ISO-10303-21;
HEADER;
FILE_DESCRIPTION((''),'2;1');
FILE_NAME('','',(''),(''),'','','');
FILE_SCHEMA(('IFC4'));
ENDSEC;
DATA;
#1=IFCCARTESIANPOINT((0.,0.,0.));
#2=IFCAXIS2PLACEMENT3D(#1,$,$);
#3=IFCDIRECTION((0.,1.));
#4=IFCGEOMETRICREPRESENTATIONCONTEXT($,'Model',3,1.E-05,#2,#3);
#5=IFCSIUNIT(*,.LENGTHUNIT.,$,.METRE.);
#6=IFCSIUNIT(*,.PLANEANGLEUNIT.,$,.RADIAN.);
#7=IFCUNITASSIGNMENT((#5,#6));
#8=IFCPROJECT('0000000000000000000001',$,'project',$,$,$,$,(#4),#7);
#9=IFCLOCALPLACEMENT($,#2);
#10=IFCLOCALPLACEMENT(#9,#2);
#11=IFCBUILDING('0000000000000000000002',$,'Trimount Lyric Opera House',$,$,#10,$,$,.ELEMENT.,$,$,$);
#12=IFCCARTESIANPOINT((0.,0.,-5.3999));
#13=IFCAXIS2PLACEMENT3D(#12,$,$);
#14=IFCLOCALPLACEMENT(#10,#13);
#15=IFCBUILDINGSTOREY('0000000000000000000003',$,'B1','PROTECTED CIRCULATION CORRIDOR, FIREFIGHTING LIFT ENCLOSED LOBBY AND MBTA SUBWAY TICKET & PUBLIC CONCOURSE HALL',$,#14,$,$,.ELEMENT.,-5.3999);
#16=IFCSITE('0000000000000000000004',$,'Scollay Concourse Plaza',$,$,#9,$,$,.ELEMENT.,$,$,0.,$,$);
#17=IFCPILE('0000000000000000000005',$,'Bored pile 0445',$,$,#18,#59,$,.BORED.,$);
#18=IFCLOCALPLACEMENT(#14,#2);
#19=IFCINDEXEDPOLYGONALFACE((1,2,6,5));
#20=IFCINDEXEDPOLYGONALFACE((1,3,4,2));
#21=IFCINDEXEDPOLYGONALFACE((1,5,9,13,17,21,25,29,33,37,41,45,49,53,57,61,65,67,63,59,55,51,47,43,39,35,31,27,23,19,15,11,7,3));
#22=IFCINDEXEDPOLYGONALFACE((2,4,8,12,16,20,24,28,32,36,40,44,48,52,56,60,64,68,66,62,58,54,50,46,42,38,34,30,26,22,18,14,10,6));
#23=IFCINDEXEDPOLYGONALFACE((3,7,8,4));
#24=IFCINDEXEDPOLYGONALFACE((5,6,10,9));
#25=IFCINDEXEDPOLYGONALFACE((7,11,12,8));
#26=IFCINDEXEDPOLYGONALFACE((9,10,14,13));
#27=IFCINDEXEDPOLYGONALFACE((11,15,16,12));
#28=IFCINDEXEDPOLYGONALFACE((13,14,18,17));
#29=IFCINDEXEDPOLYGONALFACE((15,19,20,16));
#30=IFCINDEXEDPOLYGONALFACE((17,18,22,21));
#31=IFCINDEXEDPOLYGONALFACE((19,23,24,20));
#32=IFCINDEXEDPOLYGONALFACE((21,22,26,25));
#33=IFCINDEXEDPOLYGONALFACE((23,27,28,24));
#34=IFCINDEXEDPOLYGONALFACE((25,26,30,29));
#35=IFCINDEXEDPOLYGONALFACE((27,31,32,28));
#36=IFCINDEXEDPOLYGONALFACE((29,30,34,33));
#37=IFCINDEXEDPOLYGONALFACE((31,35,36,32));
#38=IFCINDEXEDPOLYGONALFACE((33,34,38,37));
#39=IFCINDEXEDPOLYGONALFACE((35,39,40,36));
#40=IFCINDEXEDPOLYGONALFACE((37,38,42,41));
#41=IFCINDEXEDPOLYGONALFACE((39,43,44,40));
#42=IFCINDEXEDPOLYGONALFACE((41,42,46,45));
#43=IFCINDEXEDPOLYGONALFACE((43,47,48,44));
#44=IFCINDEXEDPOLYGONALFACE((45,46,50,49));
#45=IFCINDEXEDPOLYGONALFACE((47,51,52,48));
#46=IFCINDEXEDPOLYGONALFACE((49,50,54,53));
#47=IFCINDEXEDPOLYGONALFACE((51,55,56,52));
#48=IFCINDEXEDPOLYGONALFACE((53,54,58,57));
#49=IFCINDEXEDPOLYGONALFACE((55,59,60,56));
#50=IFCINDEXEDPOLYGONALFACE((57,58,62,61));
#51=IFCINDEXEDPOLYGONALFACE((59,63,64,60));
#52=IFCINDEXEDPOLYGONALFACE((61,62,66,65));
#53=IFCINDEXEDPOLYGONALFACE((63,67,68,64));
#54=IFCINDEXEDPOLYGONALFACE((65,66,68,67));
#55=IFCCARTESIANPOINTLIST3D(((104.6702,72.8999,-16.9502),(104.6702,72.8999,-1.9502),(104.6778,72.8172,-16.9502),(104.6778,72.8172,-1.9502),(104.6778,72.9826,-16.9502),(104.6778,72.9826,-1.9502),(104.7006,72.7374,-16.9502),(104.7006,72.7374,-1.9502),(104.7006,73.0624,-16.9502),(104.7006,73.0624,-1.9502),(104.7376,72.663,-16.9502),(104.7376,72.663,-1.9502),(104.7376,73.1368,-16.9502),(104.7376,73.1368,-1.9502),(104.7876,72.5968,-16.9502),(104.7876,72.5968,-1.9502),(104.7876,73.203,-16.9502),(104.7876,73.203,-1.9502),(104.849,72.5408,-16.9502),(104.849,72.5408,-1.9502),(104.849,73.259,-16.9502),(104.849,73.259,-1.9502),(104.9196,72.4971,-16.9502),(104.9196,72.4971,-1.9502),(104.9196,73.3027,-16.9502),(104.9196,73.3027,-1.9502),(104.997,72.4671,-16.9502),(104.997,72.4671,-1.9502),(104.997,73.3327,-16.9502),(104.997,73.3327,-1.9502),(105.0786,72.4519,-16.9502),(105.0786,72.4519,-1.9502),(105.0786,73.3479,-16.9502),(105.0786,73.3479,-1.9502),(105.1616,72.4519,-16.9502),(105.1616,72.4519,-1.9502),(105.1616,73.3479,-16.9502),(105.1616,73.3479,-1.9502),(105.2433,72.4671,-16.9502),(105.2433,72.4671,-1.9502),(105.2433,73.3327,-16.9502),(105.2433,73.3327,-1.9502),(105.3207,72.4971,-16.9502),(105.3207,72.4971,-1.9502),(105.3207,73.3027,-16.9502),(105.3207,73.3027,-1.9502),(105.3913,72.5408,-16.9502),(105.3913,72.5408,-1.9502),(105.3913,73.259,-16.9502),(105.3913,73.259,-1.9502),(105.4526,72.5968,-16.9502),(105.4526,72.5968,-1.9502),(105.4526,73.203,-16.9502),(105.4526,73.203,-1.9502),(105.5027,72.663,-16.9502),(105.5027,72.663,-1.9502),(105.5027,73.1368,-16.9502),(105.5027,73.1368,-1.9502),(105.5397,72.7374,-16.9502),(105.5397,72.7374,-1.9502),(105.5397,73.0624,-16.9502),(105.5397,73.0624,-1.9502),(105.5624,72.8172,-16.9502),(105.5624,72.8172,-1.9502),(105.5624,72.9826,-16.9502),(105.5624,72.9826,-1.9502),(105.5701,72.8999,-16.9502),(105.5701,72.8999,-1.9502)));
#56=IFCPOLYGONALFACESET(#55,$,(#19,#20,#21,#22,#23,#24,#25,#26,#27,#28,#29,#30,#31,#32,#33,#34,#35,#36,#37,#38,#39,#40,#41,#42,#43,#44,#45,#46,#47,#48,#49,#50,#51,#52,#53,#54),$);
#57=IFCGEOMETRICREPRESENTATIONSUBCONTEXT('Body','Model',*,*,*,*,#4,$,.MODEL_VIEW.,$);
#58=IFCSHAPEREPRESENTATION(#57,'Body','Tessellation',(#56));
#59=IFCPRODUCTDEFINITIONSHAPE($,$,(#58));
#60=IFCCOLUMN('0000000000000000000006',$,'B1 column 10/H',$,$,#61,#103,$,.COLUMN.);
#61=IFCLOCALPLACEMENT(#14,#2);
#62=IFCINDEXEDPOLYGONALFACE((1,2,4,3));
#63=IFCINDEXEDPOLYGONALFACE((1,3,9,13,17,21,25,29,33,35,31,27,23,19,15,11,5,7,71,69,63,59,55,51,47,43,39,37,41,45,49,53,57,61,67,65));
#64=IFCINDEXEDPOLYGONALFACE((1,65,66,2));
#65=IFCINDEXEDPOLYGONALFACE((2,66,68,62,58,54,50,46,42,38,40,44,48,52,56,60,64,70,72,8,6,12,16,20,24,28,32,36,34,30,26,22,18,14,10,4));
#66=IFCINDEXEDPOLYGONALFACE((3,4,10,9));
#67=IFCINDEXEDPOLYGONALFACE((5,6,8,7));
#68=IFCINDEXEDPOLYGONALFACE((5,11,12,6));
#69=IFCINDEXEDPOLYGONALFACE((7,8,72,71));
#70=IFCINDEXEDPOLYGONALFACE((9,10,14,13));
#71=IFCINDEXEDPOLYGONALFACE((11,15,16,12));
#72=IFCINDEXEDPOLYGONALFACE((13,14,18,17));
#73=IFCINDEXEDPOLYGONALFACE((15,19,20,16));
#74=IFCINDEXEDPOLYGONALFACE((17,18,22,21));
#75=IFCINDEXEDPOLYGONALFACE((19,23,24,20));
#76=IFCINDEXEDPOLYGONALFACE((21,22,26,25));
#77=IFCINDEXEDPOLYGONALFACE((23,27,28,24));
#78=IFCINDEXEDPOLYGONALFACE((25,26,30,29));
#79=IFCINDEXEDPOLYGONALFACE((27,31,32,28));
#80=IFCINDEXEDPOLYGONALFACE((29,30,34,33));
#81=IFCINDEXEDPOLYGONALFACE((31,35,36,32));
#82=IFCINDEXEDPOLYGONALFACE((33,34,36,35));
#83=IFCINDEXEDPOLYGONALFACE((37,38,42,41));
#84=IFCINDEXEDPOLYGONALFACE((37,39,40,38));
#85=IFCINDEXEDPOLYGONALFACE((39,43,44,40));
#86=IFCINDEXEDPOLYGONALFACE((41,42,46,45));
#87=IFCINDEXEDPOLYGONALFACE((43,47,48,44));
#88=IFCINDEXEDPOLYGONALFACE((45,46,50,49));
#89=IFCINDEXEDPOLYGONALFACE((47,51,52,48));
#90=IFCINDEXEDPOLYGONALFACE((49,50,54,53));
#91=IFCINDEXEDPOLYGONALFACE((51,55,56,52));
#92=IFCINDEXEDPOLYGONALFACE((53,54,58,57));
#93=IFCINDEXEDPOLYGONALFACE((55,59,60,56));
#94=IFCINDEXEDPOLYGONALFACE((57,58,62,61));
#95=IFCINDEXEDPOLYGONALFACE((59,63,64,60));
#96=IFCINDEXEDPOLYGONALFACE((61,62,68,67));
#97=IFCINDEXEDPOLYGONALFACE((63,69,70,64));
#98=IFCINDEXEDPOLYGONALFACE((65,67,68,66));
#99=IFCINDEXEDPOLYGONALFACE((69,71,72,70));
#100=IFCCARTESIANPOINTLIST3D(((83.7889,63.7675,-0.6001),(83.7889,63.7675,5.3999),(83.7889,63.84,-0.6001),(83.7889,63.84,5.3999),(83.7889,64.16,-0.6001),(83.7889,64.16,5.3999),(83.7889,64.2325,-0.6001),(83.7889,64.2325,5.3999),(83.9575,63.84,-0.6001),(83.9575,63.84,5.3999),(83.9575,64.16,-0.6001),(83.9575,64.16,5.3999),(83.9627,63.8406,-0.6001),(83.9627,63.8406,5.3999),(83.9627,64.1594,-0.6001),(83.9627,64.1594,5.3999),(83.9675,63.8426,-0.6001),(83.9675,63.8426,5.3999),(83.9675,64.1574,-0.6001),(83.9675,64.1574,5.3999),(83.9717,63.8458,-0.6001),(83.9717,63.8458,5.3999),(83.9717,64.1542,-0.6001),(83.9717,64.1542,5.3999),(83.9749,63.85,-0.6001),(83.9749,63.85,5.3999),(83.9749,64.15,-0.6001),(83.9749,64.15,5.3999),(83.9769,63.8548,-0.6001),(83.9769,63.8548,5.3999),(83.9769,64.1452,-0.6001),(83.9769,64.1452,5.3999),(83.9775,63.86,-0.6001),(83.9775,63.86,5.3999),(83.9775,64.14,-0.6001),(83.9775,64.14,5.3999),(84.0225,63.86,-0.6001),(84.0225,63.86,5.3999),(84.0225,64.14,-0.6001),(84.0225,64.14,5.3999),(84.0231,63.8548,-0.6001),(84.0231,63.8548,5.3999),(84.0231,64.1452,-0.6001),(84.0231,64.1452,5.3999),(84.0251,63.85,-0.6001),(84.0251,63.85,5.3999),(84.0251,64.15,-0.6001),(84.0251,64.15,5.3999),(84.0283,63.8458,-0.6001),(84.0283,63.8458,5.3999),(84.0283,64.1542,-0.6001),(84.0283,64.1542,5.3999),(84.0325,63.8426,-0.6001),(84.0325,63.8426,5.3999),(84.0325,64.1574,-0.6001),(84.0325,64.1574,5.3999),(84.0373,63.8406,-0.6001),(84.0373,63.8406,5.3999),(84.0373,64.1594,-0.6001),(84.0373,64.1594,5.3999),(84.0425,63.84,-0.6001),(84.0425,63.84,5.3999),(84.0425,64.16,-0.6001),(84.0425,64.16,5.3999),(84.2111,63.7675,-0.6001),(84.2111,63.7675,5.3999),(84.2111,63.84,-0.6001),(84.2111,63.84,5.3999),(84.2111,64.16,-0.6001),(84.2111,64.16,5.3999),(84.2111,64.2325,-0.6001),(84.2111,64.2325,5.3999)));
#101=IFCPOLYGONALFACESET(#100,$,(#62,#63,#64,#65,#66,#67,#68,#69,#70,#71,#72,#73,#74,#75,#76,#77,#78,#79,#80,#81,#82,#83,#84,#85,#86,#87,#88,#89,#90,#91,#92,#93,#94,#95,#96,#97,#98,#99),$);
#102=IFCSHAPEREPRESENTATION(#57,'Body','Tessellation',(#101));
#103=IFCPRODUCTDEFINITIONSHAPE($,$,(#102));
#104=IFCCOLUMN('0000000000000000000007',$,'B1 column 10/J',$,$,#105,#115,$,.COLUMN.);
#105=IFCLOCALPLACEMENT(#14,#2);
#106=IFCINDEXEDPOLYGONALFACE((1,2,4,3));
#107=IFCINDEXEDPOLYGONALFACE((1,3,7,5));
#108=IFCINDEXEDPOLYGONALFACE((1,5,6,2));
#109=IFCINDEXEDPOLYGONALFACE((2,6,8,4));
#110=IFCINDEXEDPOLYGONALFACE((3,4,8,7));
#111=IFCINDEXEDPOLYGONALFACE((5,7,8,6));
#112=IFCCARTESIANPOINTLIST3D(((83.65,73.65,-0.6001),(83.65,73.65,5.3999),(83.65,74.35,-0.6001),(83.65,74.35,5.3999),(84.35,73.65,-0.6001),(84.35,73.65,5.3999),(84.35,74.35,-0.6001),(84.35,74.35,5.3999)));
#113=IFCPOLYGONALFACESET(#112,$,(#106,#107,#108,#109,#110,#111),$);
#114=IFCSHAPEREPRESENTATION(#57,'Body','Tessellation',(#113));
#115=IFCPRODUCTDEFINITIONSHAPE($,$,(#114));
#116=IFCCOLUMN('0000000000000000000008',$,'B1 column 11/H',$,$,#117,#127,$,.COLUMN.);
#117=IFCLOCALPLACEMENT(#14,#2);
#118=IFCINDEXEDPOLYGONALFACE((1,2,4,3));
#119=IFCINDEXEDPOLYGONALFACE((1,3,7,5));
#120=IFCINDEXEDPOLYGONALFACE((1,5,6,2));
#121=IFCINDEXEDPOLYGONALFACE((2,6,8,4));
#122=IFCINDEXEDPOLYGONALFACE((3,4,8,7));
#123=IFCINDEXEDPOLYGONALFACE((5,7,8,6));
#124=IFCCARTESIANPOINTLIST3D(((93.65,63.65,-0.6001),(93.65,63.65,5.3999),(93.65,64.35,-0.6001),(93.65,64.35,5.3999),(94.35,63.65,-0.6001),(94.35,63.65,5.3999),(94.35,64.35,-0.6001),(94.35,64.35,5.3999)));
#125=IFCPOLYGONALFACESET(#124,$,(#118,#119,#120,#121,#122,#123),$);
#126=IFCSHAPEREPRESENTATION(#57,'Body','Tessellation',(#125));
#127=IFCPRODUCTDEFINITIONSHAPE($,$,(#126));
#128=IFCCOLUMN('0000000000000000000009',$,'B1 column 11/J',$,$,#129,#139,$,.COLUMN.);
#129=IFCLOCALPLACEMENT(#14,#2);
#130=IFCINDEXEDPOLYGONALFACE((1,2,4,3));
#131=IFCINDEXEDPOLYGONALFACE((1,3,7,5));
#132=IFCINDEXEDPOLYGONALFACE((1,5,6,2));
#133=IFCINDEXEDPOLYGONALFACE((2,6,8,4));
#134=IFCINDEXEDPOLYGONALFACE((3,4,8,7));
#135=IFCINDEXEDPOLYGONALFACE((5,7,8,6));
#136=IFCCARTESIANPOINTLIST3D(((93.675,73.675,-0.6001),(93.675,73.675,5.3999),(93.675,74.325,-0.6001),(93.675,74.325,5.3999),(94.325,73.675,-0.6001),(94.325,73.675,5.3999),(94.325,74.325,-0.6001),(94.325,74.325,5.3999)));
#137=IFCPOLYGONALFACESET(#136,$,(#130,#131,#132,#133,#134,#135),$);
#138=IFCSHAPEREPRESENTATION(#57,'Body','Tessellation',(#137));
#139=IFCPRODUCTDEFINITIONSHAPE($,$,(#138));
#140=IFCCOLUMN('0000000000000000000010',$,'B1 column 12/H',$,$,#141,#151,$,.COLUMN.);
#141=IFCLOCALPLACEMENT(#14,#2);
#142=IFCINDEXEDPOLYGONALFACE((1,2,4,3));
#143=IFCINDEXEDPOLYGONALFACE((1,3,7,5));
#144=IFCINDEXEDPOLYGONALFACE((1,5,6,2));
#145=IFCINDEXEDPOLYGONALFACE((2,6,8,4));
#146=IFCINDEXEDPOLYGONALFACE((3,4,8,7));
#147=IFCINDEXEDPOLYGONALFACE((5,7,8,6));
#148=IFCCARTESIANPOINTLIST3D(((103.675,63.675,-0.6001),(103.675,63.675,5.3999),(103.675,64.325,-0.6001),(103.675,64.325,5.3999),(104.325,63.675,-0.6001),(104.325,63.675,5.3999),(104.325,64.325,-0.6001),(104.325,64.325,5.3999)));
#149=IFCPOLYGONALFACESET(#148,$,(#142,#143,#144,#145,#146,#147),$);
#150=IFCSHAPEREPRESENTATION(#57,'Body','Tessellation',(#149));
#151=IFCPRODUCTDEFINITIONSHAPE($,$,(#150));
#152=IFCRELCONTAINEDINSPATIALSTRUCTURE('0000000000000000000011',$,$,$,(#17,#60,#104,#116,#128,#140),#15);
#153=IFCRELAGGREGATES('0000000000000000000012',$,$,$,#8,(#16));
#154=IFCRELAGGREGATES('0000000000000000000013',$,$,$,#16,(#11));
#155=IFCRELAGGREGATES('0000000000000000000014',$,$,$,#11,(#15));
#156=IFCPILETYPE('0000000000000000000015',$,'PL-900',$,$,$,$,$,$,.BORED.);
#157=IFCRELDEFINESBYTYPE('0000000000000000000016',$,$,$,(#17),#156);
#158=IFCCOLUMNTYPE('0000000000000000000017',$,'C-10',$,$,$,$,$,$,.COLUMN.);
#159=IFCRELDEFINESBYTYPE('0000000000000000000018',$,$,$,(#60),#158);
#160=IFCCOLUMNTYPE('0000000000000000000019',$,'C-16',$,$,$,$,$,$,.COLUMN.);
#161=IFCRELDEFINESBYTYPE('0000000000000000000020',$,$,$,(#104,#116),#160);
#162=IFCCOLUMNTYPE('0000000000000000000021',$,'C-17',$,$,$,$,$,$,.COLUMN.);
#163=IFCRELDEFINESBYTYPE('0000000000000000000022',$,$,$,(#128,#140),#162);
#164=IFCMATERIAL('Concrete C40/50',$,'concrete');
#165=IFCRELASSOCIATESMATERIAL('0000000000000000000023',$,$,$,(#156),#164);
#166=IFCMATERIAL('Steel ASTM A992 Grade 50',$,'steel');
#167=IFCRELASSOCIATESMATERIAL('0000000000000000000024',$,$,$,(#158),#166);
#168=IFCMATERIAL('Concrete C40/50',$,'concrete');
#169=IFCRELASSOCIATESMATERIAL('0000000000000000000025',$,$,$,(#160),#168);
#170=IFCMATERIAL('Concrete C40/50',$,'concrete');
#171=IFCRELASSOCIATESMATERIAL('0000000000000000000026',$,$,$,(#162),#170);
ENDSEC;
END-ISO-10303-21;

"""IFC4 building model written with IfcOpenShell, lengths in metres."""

from ifc_helpers import new_model, si_unit, direction, frame, origin, origin_2d, place, context, subcontext, project, spatial, rectangle, circle, i_section, extrude, material, material_profile, profile_set, type_object, element, save


model = new_model("IFC4")

# Units and contexts
model_context = context("Model", 3, precision=1e-05, world=origin(), true_north=direction((0.0, 1.0)))
body_context = subcontext(model_context, "Body", "Model", "MODEL_VIEW")
ifc_project = project(units=[si_unit("LENGTHUNIT", "METRE"), si_unit("PLANEANGLEUNIT", "RADIAN")], contexts=[model_context])

# Site, building, storey
site_placement = place(None, origin())
site = spatial("IfcSite", under=ifc_project, at=site_placement, Name="Scollay Concourse Plaza", CompositionType="ELEMENT", RefElevation=0.0)
building_placement = place(site_placement, origin())
building = spatial("IfcBuilding", under=site, at=building_placement, Name="Trimount Lyric Opera House", CompositionType="ELEMENT")
storey_placement = place(building_placement, frame((0.0, 0.0, -5.3999)))
storey = spatial("IfcBuildingStorey", under=building, at=storey_placement, Name="B1", Description="PROTECTED CIRCULATION CORRIDOR, FIREFIGHTING LIFT ENCLOSED LOBBY AND MBTA SUBWAY TICKET & PUBLIC CONCOURSE HALL", CompositionType="ELEMENT", Elevation=-5.3999)

# Pile
ifc_material_1 = material(Name="Concrete C40/50", Category="concrete")
ifc_material_profile_1 = material_profile(ifc_material_1, circle(Radius=0.45, at=origin_2d()), Name="PILE-D900")
ifc_profile_set_1 = profile_set([ifc_material_profile_1], Name="Concrete C40/50")
pile_type_1 = type_object("IfcPileType", Name="PL-900", PredefinedType="BORED", material=ifc_profile_set_1)
for number, where, z_axis, x_axis, name in (
    (1, (105.1201, 72.8999, -1.9502), (0.0, 0.0, -1.0), (1.0, 0.0, 0.0), "Bored pile 0445"),
):
    element("IfcPile", number, at=place(storey_placement, frame(where, z_axis=z_axis, x_axis=x_axis)), inside=storey, type_object=pile_type_1, Name=name, PredefinedType="BORED", context=body_context, shape_type="SweptSolid", body=[
        extrude(circle(Radius=0.45, at=origin_2d()), origin(), (0.0, 0.0, 1.0), 15.0),
    ])

# Columns
ifc_material_2 = material(Name="Steel ASTM A992 Grade 50", Category="steel")
ifc_material_profile_2 = material_profile(ifc_material_2, i_section(OverallWidth=0.4221, OverallDepth=0.4651, WebThickness=0.0449, FlangeThickness=0.0725, FilletRadius=0.02, at=origin_2d()), Name="W14X398")
ifc_profile_set_2 = profile_set([ifc_material_profile_2], Name="Steel ASTM A992 Grade 50")
column_type_1 = type_object("IfcColumnType", Name="C-10", PredefinedType="COLUMN", material=ifc_profile_set_2)
column_1_placement = place(storey_placement, frame((84.0, 64.0, -0.6001), z_axis=(0.0, 0.0, 1.0), x_axis=(1.0, 0.0, 0.0)))
element("IfcColumn", 2, at=column_1_placement, inside=storey, type_object=column_type_1, Name="B1 column 10/H", PredefinedType="COLUMN", context=body_context, shape_type="SweptSolid", body=[
    extrude(i_section(OverallWidth=0.4221, OverallDepth=0.4651, WebThickness=0.0449, FlangeThickness=0.0725, FilletRadius=0.02, at=origin_2d()), origin(), (0.0, 0.0, 1.0), 6.0),
])
ifc_material_3 = material(Name="Concrete C40/50", Category="concrete")
ifc_material_profile_3 = material_profile(ifc_material_3, rectangle(XDim=0.7, YDim=0.7, at=origin_2d()), Name="RC700X700")
ifc_profile_set_3 = profile_set([ifc_material_profile_3], Name="Concrete C40/50")
column_type_2 = type_object("IfcColumnType", Name="C-16", PredefinedType="COLUMN", material=ifc_profile_set_3)
for number, where, z_axis, x_axis, name in (
    (3, (84.0, 74.0, -0.6001), (0.0, 0.0, 1.0), (1.0, 0.0, 0.0), "B1 column 10/J"),
    (4, (94.0, 64.0, -0.6001), (0.0, 0.0, 1.0), (1.0, 0.0, 0.0), "B1 column 11/H"),
):
    element("IfcColumn", number, at=place(storey_placement, frame(where, z_axis=z_axis, x_axis=x_axis)), inside=storey, type_object=column_type_2, Name=name, PredefinedType="COLUMN", context=body_context, shape_type="SweptSolid", body=[
        extrude(rectangle(XDim=0.7, YDim=0.7, at=origin_2d()), origin(), (0.0, 0.0, 1.0), 6.0),
    ])
ifc_material_4 = material(Name="Concrete C40/50", Category="concrete")
ifc_material_profile_4 = material_profile(ifc_material_4, rectangle(XDim=0.6499, YDim=0.6499, at=origin_2d()), Name="RC650X650")
ifc_profile_set_4 = profile_set([ifc_material_profile_4], Name="Concrete C40/50")
column_type_3 = type_object("IfcColumnType", Name="C-17", PredefinedType="COLUMN", material=ifc_profile_set_4)
for number, where, z_axis, x_axis, name in (
    (5, (94.0, 74.0, -0.6001), (0.0, 0.0, 1.0), (1.0, 0.0, 0.0), "B1 column 11/J"),
    (6, (104.0, 64.0, -0.6001), (0.0, 0.0, 1.0), (1.0, 0.0, 0.0), "B1 column 12/H"),
):
    element("IfcColumn", number, at=place(storey_placement, frame(where, z_axis=z_axis, x_axis=x_axis)), inside=storey, type_object=column_type_3, Name=name, PredefinedType="COLUMN", context=body_context, shape_type="SweptSolid", body=[
        extrude(rectangle(XDim=0.6499, YDim=0.6499, at=origin_2d()), origin(), (0.0, 0.0, 1.0), 6.0),
    ])

save(model, "model.ifc")
